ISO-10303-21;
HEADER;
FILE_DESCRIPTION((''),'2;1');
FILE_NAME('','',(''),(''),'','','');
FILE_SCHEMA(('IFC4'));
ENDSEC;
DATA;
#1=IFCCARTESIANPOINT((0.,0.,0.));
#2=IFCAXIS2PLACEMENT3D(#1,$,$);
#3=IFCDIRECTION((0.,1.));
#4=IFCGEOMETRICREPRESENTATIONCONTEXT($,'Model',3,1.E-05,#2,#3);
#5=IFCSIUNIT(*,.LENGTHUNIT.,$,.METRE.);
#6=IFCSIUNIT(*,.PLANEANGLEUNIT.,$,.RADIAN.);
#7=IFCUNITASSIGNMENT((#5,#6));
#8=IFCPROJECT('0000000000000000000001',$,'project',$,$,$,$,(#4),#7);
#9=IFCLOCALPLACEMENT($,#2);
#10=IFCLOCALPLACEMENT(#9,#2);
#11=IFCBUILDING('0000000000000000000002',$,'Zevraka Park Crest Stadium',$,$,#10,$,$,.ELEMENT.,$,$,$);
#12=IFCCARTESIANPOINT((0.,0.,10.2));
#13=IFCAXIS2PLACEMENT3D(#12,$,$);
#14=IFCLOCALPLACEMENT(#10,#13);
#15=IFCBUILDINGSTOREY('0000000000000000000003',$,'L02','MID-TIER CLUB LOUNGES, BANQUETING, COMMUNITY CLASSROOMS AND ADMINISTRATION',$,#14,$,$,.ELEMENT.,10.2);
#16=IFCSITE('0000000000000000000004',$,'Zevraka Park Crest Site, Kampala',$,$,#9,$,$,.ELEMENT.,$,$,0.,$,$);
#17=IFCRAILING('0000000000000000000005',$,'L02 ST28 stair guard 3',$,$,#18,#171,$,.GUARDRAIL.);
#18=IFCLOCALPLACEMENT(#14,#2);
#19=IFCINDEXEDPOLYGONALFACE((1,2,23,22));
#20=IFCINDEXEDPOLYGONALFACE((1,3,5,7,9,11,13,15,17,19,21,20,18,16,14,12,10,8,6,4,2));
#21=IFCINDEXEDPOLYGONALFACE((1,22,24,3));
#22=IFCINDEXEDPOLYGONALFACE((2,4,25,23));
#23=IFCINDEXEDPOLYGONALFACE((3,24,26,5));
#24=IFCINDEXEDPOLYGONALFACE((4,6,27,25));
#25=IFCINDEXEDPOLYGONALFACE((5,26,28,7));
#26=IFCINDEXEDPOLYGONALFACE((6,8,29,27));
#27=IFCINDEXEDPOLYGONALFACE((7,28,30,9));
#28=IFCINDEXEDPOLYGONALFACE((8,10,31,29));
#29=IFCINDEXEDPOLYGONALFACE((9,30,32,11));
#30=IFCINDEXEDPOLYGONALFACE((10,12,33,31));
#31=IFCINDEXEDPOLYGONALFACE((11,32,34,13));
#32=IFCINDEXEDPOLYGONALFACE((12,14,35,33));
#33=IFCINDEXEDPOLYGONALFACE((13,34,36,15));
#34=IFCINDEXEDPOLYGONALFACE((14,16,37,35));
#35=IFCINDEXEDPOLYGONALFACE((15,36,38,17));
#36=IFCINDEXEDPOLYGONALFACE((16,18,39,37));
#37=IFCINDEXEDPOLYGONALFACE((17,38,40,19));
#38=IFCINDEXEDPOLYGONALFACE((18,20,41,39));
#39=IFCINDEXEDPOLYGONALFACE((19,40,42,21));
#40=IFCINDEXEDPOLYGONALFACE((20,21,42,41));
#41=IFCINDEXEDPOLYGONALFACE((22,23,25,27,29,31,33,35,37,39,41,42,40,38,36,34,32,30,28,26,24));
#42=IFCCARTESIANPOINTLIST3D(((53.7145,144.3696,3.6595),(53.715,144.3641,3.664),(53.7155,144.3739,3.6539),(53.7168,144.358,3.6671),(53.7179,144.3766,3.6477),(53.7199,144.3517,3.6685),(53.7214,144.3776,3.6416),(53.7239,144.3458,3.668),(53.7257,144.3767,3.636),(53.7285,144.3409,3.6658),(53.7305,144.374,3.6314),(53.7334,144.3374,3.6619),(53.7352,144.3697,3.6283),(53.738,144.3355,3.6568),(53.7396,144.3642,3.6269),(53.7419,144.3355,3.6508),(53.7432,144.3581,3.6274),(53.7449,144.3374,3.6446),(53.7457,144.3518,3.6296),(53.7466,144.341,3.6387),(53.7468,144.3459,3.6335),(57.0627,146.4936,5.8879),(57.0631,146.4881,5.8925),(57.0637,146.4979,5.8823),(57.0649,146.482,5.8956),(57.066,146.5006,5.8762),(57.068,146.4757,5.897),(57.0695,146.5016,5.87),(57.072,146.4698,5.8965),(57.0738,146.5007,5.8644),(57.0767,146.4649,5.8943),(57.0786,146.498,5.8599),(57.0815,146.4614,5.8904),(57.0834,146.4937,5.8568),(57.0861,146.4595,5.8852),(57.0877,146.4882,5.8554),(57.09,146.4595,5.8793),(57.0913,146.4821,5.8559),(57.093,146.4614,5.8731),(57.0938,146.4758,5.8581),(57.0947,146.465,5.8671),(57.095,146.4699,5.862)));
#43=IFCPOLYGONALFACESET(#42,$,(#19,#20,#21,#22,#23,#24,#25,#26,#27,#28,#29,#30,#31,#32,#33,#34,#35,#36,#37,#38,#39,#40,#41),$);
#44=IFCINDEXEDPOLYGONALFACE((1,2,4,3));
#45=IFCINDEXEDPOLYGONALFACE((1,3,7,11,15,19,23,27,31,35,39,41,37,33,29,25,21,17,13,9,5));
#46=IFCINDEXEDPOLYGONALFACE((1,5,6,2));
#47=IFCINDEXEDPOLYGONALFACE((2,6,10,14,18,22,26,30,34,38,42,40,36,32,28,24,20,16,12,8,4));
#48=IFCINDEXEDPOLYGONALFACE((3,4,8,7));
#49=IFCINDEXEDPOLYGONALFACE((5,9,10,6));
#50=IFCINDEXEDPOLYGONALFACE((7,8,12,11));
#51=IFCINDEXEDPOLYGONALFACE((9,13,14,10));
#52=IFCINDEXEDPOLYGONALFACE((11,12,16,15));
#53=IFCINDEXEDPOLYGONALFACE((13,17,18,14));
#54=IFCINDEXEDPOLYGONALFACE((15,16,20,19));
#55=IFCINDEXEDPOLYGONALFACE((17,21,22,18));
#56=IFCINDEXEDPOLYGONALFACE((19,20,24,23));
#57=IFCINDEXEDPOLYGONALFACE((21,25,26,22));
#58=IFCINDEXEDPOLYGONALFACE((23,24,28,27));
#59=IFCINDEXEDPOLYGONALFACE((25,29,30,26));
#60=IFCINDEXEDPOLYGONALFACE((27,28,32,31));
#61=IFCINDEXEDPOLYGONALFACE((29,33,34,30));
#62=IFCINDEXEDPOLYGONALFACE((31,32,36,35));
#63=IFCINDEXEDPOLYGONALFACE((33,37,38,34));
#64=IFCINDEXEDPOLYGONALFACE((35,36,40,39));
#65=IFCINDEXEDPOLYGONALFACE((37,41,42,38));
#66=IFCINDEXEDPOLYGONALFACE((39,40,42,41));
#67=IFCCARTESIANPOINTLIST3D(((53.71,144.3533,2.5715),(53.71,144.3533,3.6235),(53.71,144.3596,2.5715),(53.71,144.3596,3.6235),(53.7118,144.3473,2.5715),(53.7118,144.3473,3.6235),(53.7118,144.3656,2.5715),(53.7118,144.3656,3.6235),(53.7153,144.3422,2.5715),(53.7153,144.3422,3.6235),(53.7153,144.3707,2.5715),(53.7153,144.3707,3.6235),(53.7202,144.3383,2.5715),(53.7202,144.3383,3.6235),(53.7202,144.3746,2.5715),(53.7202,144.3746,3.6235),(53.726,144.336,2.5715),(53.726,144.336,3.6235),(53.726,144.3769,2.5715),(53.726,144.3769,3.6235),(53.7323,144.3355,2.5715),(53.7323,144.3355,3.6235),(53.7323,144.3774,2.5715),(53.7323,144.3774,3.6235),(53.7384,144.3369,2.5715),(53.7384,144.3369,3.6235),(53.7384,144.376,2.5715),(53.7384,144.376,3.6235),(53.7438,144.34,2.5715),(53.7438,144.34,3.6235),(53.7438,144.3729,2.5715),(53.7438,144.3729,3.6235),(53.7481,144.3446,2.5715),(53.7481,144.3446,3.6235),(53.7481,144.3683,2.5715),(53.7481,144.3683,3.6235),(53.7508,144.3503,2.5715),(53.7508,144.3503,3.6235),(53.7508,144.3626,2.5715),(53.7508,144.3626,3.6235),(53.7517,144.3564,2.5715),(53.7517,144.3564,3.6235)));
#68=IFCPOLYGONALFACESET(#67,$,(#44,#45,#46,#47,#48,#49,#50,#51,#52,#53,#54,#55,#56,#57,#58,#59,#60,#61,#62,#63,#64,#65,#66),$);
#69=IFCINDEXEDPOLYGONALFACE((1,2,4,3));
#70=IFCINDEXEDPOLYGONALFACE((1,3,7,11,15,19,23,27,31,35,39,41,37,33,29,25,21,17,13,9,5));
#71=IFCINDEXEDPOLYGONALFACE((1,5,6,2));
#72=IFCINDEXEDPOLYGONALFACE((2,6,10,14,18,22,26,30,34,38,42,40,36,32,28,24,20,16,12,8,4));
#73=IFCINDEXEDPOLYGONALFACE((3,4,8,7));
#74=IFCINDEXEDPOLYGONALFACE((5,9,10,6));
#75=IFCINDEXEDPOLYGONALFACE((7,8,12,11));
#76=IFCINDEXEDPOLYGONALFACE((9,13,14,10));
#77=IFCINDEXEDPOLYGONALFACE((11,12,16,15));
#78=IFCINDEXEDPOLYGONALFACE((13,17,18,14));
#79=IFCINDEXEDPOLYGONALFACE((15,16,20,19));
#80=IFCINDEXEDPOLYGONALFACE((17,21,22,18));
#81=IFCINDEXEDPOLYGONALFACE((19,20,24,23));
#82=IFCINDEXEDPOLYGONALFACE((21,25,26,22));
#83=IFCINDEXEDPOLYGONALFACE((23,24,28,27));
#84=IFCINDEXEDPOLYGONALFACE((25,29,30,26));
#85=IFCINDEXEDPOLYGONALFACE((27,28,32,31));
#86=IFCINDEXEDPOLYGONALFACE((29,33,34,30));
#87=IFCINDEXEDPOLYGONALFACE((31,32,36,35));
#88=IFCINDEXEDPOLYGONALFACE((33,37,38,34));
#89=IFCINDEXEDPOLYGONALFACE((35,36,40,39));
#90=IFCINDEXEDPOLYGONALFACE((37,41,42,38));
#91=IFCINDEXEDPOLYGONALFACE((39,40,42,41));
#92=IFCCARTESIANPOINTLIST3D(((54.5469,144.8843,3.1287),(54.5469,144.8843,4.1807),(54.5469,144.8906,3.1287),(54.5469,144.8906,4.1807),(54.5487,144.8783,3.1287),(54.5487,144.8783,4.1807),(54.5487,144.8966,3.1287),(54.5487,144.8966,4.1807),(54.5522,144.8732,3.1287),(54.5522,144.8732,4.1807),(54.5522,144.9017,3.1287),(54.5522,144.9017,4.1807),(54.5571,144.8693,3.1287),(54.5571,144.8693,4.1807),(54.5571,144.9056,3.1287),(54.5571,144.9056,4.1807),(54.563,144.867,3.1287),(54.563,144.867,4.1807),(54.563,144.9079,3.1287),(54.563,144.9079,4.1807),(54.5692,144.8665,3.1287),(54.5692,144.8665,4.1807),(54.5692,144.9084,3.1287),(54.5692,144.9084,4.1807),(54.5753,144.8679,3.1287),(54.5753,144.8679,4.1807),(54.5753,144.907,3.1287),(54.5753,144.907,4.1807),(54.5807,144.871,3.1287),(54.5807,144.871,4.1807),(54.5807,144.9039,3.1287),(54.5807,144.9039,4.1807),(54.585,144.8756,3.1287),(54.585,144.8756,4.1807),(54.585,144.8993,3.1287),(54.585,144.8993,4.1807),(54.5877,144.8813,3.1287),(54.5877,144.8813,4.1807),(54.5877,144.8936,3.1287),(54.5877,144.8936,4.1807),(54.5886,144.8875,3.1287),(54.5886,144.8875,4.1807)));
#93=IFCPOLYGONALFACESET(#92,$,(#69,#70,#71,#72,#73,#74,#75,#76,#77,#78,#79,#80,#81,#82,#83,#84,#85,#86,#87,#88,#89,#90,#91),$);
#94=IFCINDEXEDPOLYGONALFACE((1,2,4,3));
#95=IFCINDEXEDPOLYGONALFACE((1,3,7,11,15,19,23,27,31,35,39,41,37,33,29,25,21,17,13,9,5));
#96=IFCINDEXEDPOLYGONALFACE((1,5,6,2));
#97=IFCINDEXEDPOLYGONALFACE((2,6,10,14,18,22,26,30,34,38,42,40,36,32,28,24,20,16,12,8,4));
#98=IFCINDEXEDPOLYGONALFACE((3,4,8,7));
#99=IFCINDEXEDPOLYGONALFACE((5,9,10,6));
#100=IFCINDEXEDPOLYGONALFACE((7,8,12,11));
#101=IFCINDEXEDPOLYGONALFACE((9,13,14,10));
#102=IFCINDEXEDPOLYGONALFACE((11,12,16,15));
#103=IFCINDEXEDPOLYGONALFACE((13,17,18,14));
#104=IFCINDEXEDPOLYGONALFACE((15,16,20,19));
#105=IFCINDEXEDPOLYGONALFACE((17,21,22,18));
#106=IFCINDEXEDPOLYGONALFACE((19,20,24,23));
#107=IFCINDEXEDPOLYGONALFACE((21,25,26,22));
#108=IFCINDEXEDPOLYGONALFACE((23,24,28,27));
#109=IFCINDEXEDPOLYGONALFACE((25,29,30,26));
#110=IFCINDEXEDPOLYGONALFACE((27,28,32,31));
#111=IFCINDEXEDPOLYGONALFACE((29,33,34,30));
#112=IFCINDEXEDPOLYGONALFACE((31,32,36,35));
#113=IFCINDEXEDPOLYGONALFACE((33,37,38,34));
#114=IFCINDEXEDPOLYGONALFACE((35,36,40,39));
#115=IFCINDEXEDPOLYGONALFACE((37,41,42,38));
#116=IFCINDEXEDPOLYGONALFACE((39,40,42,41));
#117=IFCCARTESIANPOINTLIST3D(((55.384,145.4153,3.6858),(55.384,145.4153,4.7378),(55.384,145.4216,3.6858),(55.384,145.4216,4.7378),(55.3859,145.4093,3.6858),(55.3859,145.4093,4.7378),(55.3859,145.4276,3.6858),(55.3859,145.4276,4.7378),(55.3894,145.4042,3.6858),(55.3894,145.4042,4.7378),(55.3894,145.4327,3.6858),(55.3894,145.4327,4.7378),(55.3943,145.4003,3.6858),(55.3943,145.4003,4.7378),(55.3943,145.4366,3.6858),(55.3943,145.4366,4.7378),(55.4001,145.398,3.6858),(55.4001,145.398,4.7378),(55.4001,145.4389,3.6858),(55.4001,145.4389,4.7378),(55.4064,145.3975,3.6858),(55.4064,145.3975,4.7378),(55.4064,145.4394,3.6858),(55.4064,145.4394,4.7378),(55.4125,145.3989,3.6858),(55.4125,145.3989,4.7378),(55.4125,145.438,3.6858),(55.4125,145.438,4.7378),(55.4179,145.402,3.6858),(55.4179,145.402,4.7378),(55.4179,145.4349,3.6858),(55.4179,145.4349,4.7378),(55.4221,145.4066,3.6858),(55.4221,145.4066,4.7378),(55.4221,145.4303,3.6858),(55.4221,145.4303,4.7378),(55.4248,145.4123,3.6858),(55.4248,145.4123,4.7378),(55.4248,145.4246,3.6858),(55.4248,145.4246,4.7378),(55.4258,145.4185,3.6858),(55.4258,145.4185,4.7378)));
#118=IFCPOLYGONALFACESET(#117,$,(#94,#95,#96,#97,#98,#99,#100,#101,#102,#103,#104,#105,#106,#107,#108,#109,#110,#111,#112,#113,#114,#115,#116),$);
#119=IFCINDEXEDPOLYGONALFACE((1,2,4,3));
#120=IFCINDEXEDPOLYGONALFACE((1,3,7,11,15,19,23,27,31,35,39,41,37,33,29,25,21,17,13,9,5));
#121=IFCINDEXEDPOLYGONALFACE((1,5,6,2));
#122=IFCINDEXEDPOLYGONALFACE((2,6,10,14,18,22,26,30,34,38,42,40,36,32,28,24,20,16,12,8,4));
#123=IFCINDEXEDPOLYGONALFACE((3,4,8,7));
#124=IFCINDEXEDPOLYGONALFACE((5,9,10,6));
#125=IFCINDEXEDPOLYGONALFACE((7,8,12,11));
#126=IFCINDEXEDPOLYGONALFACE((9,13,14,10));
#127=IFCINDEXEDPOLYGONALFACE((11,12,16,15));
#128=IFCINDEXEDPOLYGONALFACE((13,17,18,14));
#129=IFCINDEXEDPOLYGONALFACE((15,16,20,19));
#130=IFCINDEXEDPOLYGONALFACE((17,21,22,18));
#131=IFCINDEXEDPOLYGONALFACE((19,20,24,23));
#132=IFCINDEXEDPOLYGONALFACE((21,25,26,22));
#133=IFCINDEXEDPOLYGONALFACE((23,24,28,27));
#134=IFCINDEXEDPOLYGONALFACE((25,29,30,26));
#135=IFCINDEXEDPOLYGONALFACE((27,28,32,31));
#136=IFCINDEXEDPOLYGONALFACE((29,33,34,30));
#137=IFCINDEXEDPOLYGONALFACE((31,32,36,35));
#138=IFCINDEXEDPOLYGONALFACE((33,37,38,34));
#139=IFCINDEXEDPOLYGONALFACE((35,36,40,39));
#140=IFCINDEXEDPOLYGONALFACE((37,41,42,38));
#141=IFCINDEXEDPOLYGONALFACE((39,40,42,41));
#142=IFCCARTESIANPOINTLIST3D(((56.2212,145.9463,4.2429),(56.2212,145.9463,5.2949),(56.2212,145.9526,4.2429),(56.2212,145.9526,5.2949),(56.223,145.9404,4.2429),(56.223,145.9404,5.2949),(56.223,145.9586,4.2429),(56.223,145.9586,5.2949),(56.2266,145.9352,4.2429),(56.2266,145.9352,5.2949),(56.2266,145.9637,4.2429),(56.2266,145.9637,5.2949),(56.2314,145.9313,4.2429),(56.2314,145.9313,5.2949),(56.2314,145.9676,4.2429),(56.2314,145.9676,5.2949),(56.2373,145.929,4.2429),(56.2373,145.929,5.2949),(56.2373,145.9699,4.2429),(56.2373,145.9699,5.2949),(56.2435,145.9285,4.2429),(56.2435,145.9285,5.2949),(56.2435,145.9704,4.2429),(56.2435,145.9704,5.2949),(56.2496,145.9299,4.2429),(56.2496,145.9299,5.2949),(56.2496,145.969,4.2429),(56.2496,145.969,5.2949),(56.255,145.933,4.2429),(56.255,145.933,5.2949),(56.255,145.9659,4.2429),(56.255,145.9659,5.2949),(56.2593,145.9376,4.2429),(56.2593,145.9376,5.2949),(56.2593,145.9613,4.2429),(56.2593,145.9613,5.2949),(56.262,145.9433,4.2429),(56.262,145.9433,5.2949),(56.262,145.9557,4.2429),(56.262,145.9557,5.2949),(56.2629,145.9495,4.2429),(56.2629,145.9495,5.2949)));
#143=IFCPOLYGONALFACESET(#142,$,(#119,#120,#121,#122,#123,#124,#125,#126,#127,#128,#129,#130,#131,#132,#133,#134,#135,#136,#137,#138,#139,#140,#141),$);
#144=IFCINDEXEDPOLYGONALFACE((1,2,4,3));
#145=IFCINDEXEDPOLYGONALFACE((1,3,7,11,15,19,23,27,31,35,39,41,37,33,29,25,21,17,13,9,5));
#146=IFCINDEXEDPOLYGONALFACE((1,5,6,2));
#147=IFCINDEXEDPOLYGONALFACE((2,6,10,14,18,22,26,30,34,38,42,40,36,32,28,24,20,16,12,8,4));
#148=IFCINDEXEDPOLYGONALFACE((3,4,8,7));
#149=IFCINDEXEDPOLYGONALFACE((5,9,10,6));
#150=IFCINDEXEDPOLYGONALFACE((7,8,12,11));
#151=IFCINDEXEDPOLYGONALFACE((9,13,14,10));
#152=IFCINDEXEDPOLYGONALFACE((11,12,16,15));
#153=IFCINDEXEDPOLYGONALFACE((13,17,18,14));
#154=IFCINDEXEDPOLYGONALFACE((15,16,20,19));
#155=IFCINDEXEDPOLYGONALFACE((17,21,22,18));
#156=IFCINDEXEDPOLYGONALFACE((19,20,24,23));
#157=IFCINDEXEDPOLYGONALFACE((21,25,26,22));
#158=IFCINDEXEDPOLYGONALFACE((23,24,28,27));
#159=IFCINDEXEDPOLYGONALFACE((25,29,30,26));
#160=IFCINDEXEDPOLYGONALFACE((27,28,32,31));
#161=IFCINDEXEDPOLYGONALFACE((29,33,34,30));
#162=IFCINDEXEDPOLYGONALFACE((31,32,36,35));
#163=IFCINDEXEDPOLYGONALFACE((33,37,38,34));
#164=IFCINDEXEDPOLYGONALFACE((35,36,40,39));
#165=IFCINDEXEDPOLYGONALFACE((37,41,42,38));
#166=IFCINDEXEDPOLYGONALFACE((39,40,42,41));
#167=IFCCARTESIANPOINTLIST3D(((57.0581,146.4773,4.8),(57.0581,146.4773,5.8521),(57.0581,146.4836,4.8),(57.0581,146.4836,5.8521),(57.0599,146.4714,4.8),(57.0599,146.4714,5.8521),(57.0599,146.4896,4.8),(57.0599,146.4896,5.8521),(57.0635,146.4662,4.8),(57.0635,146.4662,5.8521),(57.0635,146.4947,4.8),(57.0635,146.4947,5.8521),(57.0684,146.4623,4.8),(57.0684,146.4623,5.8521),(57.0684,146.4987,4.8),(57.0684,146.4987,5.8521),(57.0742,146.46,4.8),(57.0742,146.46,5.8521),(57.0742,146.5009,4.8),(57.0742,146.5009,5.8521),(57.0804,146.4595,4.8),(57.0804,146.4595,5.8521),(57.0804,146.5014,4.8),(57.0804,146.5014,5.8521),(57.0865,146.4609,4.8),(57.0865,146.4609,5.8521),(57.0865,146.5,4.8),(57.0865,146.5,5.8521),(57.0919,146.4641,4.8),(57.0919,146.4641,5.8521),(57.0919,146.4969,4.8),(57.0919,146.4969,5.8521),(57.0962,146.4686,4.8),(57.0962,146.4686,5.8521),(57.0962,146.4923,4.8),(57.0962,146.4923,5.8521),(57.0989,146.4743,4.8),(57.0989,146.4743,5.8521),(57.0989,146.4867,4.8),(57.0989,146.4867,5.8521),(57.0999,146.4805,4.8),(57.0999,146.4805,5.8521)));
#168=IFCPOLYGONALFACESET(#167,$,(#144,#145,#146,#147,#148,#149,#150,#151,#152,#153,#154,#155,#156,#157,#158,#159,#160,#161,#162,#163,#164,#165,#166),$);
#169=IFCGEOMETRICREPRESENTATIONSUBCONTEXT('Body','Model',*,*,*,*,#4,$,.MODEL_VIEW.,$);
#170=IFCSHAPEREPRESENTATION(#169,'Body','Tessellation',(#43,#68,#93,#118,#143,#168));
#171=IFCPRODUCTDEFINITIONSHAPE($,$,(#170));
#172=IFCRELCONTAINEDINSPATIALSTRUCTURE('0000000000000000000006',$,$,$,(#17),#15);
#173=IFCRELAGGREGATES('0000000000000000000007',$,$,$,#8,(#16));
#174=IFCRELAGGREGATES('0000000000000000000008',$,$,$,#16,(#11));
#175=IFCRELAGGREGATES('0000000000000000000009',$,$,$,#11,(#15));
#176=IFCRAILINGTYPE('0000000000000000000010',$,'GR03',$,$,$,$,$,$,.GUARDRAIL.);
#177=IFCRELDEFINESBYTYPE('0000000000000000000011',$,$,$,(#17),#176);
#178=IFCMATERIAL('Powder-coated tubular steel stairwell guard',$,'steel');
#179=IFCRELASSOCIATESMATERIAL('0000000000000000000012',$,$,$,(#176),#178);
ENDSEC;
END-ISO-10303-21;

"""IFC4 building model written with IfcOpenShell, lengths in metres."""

from ifc_helpers import new_model, si_unit, direction, frame, origin, origin_2d, place, context, subcontext, project, spatial, circle, extrude, material, type_object, element, save


model = new_model("IFC4")

# Units and contexts
model_context = context("Model", 3, precision=1e-05, world=origin(), true_north=direction((0.0, 1.0)))
body_context = subcontext(model_context, "Body", "Model", "MODEL_VIEW")
ifc_project = project(units=[si_unit("LENGTHUNIT", "METRE"), si_unit("PLANEANGLEUNIT", "RADIAN")], contexts=[model_context])

# Site, building, storey
site_placement = place(None, origin())
site = spatial("IfcSite", under=ifc_project, at=site_placement, Name="Zevraka Park Crest Site, Kampala", CompositionType="ELEMENT", RefElevation=0.0)
building_placement = place(site_placement, origin())
building = spatial("IfcBuilding", under=site, at=building_placement, Name="Zevraka Park Crest Stadium", CompositionType="ELEMENT")
storey_placement = place(building_placement, frame((0.0, 0.0, 10.2)))
storey = spatial("IfcBuildingStorey", under=building, at=storey_placement, Name="L02", Description="MID-TIER CLUB LOUNGES, BANQUETING, COMMUNITY CLASSROOMS AND ADMINISTRATION", CompositionType="ELEMENT", Elevation=10.2)

# Railing
ifc_material_1 = material(Name="Powder-coated tubular steel stairwell guard", Category="steel")
railing_type_1 = type_object("IfcRailingType", Name="GR03", PredefinedType="GUARDRAIL", material=ifc_material_1)
railing_1_placement = place(storey_placement, frame((53.7307, 144.3564, 2.5715)))
element("IfcRailing", 1, at=railing_1_placement, inside=storey, type_object=railing_type_1, Name="L02 ST28 stair guard 3", PredefinedType="GUARDRAIL", context=body_context, shape_type="SweptSolid", body=[
    extrude(circle(Radius=0.0239, at=origin_2d()), frame((0.0, 0.0, 1.0762), z_axis=(0.736117, 0.466984, 0.489957), x_axis=(-0.535688, 0.844416, 0.0)), (0.0, 0.0, 1.0), 4.5483),
    extrude(circle(Radius=0.021, at=origin_2d()), origin(), (0.0, 0.0, 1.0), 1.052),
    extrude(circle(Radius=0.021, at=origin_2d()), frame((0.8369, 0.531, 0.5571)), (0.0, 0.0, 1.0), 1.052),
    extrude(circle(Radius=0.021, at=origin_2d()), frame((1.6741, 1.062, 1.1143)), (0.0, 0.0, 1.0), 1.052),
    extrude(circle(Radius=0.021, at=origin_2d()), frame((2.5112, 1.593, 1.6714)), (0.0, 0.0, 1.0), 1.052),
    extrude(circle(Radius=0.021, at=origin_2d()), frame((3.3481, 2.124, 2.2285)), (0.0, 0.0, 1.0), 1.052),
])

save(model, "model.ifc")
